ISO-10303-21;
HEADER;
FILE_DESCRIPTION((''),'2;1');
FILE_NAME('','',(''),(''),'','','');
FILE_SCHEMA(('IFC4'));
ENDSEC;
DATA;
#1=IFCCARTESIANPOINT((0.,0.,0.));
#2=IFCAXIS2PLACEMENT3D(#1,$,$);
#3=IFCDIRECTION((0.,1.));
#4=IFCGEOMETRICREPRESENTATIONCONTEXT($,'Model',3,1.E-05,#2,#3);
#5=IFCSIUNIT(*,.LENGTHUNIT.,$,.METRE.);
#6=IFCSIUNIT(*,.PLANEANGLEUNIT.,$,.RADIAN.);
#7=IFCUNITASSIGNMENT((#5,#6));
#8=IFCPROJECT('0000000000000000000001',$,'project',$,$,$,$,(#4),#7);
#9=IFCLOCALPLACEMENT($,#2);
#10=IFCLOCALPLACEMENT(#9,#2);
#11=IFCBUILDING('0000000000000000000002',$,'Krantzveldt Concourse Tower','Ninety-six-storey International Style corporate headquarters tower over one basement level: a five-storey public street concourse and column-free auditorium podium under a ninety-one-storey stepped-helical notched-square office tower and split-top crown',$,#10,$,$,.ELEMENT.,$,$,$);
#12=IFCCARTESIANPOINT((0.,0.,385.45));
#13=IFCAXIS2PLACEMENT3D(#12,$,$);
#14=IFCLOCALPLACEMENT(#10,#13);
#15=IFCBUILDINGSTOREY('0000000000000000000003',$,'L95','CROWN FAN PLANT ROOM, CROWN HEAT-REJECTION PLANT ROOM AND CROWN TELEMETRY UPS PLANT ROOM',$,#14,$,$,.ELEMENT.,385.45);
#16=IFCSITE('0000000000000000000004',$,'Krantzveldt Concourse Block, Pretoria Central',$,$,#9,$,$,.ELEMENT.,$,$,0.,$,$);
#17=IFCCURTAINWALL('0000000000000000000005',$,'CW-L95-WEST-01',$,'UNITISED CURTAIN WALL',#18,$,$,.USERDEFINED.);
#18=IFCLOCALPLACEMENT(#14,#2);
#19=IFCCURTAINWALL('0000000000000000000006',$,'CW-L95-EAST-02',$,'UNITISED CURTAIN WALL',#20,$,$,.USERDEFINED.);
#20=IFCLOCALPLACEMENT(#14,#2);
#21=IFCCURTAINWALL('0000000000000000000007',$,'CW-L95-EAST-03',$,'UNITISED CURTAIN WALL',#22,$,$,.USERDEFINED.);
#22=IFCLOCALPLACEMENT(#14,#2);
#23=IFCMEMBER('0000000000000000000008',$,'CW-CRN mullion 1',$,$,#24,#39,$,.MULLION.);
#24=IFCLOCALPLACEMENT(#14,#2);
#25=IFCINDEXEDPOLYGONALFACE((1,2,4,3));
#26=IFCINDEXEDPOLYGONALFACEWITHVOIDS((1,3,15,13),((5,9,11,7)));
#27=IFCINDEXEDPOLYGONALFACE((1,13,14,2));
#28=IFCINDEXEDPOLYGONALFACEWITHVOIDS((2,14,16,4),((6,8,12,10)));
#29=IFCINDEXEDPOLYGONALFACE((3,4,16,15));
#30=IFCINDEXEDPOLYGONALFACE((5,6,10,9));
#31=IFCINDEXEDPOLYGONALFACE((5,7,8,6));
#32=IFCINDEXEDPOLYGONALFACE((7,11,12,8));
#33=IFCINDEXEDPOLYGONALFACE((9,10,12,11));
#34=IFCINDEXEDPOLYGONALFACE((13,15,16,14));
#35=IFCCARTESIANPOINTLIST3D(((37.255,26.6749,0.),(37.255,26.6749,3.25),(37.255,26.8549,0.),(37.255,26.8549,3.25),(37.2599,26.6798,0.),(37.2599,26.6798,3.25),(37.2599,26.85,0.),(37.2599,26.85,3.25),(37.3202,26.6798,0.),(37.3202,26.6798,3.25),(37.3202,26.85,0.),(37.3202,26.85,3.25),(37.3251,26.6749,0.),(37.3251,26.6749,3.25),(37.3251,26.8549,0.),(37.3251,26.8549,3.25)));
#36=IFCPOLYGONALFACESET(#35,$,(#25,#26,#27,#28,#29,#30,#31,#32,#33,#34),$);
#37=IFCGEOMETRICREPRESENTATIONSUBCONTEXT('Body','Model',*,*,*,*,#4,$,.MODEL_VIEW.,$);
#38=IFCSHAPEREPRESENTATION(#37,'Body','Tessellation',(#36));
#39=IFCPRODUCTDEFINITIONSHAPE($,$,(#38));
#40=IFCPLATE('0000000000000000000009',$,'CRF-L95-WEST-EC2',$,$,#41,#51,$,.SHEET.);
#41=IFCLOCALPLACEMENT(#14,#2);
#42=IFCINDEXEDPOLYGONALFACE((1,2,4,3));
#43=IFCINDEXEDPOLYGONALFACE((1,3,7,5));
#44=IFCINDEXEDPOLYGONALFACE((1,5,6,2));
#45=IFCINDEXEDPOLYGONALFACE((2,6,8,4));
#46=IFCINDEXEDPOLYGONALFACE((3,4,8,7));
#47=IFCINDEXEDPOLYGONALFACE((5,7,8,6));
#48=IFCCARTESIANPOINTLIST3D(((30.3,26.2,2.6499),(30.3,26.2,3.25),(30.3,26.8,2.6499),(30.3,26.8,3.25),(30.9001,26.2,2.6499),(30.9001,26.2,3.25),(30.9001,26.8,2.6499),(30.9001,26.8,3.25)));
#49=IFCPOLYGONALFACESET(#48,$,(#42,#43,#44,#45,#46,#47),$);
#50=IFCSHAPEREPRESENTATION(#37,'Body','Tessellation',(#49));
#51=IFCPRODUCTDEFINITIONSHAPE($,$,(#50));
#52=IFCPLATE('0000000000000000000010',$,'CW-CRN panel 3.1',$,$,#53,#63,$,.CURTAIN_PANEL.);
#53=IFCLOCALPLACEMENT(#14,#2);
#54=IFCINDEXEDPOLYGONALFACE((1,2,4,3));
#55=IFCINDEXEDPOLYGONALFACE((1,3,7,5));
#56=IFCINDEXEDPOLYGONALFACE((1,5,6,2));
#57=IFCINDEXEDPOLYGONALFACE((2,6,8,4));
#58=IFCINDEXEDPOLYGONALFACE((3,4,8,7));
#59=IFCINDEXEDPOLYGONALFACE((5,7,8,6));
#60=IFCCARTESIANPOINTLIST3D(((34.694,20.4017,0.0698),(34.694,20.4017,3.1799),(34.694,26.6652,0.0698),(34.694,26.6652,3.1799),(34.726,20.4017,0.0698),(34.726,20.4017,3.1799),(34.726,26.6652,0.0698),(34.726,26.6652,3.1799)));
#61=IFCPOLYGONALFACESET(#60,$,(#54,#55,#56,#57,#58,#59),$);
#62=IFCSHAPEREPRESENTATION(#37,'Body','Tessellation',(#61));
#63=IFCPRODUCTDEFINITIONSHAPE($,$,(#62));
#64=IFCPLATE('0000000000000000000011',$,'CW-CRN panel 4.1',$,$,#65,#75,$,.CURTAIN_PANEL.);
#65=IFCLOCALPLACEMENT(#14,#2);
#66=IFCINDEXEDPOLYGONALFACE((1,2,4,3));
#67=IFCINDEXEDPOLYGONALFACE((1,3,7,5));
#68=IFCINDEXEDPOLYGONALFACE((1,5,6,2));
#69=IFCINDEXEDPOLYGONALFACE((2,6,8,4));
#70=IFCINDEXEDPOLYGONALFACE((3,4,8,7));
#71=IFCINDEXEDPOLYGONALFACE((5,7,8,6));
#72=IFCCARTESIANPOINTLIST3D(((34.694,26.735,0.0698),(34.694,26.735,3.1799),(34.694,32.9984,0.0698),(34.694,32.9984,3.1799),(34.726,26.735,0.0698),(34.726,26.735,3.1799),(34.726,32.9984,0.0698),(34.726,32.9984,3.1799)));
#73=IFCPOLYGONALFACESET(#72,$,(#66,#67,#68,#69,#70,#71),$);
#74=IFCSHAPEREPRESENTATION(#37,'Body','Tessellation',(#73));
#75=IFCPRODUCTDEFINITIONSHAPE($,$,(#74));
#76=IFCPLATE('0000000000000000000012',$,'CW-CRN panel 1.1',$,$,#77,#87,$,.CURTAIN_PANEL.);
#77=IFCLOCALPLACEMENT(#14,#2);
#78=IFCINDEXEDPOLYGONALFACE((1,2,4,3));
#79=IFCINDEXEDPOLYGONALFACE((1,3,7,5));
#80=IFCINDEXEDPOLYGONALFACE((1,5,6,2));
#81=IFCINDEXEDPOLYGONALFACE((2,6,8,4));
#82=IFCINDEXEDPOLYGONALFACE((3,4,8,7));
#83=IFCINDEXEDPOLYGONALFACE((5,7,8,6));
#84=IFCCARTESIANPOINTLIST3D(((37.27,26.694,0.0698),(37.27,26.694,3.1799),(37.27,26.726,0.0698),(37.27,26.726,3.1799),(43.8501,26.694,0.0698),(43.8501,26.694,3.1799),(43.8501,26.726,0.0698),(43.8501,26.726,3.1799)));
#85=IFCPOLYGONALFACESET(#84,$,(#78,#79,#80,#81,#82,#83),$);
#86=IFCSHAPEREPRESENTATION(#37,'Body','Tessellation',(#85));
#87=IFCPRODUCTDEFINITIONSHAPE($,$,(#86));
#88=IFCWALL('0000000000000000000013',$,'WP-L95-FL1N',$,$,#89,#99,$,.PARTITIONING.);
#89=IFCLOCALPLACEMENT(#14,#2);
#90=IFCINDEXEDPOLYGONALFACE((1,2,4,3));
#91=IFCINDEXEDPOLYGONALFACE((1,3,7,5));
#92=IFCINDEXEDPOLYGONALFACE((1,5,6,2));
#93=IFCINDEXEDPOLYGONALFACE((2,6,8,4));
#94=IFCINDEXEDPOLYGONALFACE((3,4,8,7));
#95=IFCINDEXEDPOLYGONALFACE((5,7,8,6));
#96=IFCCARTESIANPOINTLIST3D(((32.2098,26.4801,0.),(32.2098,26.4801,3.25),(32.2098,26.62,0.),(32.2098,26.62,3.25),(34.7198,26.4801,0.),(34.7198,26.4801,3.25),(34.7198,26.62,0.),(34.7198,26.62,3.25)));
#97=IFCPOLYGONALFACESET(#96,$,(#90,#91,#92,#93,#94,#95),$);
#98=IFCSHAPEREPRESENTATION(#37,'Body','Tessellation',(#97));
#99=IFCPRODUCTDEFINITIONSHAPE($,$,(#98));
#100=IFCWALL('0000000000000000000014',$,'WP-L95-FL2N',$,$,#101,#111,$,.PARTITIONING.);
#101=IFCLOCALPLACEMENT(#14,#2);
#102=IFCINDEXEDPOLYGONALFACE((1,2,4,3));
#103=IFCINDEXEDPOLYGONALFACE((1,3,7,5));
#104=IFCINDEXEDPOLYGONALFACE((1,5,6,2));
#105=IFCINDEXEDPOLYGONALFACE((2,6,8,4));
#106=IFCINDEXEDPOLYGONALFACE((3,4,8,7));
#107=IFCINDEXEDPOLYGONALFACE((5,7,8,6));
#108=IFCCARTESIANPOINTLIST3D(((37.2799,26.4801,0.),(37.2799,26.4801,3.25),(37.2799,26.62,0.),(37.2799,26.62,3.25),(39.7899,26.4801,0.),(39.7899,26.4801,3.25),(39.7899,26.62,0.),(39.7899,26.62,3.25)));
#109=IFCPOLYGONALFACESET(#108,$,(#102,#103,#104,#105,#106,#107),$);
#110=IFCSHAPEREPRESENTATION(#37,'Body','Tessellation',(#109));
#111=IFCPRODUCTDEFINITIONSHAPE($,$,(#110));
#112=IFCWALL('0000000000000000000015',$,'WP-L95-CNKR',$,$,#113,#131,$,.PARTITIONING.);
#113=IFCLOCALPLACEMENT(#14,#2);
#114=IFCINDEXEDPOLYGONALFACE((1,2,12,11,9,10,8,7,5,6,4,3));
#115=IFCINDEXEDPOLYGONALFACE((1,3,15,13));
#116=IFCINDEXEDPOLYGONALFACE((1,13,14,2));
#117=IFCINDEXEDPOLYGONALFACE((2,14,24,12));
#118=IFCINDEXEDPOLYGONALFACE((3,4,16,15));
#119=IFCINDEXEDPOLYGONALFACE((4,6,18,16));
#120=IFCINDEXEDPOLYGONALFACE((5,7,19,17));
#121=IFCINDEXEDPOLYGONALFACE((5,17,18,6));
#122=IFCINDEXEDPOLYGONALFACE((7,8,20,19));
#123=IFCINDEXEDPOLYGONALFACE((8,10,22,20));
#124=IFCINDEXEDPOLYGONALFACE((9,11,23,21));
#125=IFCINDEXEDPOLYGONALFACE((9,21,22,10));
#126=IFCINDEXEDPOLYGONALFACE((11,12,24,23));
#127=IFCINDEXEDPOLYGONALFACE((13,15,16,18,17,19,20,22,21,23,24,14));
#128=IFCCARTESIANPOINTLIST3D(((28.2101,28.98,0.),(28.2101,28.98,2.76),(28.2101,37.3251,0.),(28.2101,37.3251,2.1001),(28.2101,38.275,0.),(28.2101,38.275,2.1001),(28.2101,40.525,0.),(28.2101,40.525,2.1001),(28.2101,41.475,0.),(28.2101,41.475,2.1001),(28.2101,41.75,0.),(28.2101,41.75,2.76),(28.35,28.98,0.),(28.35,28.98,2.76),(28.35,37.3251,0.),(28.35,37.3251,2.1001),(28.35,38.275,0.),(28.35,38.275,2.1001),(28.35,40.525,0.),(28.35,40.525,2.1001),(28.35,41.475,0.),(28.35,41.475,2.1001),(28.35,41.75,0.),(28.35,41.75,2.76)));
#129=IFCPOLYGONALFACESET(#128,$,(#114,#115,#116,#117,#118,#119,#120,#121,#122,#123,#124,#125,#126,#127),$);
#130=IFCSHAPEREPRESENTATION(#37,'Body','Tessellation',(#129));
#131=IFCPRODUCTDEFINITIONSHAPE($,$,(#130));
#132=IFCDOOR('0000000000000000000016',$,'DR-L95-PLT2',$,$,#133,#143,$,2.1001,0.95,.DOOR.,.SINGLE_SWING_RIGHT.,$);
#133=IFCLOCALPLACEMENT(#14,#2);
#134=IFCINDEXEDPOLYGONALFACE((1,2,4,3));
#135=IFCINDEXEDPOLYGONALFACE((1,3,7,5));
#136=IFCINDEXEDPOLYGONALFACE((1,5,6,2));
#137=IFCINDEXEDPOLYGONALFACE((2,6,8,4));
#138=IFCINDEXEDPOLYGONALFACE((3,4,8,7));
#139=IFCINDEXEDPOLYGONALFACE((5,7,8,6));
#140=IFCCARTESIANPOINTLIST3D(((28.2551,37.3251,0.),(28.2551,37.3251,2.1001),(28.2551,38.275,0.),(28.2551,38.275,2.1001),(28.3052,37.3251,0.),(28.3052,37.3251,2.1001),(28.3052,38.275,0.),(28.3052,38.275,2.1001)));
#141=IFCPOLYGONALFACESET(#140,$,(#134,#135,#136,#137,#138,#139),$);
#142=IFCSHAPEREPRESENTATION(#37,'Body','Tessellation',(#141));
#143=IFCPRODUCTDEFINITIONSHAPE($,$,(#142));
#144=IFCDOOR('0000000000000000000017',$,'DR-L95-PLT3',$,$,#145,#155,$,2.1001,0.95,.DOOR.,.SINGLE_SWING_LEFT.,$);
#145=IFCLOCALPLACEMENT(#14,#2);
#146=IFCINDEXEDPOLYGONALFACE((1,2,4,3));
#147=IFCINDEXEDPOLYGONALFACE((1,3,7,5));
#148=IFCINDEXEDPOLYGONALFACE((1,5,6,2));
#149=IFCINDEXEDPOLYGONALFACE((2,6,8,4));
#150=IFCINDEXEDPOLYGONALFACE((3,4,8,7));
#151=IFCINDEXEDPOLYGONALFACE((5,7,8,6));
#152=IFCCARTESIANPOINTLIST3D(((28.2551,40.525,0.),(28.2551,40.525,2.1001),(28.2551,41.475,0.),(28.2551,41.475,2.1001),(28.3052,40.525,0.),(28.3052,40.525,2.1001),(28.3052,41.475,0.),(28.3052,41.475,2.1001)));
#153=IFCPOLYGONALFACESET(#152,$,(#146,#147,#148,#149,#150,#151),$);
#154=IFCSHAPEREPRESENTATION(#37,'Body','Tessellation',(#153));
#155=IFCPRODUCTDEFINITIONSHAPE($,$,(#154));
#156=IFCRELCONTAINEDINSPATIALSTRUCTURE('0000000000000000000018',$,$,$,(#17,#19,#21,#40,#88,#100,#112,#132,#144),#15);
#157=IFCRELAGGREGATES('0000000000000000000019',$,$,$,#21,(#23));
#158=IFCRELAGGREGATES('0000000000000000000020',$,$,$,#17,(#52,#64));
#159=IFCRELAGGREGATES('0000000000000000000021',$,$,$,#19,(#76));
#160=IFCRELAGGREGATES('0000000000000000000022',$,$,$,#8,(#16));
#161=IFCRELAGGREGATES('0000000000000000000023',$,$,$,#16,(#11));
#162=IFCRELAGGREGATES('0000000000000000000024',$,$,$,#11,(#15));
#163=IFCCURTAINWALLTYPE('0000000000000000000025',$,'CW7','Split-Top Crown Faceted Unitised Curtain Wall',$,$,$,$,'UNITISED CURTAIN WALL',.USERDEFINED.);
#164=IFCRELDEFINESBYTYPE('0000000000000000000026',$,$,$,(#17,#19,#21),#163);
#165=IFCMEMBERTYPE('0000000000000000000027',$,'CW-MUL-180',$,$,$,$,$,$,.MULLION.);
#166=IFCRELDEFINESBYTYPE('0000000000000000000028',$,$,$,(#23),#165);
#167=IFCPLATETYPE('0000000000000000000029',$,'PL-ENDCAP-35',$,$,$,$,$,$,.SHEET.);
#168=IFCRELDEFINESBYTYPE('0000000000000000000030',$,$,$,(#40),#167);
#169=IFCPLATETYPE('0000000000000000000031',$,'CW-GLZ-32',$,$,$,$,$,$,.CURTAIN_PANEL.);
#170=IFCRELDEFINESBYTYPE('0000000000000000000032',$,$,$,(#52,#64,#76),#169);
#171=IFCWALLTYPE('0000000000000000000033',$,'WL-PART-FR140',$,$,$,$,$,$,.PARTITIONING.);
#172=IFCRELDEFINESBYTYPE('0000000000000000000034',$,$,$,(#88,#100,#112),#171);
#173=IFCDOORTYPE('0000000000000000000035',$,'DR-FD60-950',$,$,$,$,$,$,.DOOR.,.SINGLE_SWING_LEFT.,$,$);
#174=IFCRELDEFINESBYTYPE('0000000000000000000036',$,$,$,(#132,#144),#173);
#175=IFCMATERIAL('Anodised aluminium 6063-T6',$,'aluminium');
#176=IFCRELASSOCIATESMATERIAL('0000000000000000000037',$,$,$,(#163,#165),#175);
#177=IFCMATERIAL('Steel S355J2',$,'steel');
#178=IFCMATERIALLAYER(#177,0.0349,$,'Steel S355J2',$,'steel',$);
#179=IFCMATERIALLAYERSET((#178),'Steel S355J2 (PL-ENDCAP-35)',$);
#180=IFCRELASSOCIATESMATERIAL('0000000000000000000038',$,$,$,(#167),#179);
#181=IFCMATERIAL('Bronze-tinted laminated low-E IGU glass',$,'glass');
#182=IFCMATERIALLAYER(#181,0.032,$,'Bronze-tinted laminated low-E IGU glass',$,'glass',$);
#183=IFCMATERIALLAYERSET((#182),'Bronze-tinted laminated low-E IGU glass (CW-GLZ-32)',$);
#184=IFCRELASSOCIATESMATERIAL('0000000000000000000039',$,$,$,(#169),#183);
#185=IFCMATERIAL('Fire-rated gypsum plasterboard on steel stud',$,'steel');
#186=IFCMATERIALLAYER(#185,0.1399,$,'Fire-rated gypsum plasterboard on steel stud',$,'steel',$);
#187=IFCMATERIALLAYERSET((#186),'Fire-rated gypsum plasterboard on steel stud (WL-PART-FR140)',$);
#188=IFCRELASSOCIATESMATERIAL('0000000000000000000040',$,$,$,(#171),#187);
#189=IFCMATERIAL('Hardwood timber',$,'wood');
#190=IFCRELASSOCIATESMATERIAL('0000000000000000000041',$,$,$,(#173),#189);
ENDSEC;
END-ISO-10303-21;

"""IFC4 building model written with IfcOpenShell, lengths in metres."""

from ifc_helpers import new_model, si_unit, direction, frame, frame_2d, origin, origin_2d, place, context, subcontext, project, spatial, rectangle, hollow_rectangle, extrude, source, transform, mapped, material, layer, layer_set, material_profile, profile_set, type_object, type_shapes, element, fill, aggregate, save


model = new_model("IFC4")

# Units and contexts
model_context = context("Model", 3, precision=1e-05, world=origin(), true_north=direction((0.0, 1.0)))
body_context = subcontext(model_context, "Body", "Model", "MODEL_VIEW")
ifc_project = project(units=[si_unit("LENGTHUNIT", "METRE"), si_unit("PLANEANGLEUNIT", "RADIAN")], contexts=[model_context])

# Site, building, storey
site_placement = place(None, origin())
site = spatial("IfcSite", under=ifc_project, at=site_placement, Name="Krantzveldt Concourse Block, Pretoria Central", CompositionType="ELEMENT", RefElevation=0.0)
building_placement = place(site_placement, origin())
building = spatial("IfcBuilding", under=site, at=building_placement, Name="Krantzveldt Concourse Tower", Description="Ninety-six-storey International Style corporate headquarters tower over one basement level: a five-storey public street concourse and column-free auditorium podium under a ninety-one-storey stepped-helical notched-square office tower and split-top crown", CompositionType="ELEMENT")
storey_placement = place(building_placement, frame((0.0, 0.0, 385.45)))
storey = spatial("IfcBuildingStorey", under=building, at=storey_placement, Name="L95", Description="CROWN FAN PLANT ROOM, CROWN HEAT-REJECTION PLANT ROOM AND CROWN TELEMETRY UPS PLANT ROOM", CompositionType="ELEMENT", Elevation=385.45)

# Curtain walls
ifc_material_1 = material(Name="Anodised aluminium 6063-T6", Category="aluminium")
curtain_wall_type = type_object("IfcCurtainWallType", Name="CW7", Description="Split-Top Crown Faceted Unitised Curtain Wall", ElementType="UNITISED CURTAIN WALL", PredefinedType="USERDEFINED", material=ifc_material_1)
curtain_wall_1_placement = place(storey_placement, origin())
curtain_wall_1 = element("IfcCurtainWall", 1, at=curtain_wall_1_placement, inside=storey, type_object=curtain_wall_type, Name="CW-L95-WEST-01", ObjectType="UNITISED CURTAIN WALL", PredefinedType="USERDEFINED")
curtain_wall_2_placement = place(storey_placement, origin())
curtain_wall_2 = element("IfcCurtainWall", 2, at=curtain_wall_2_placement, inside=storey, type_object=curtain_wall_type, Name="CW-L95-EAST-02", ObjectType="UNITISED CURTAIN WALL", PredefinedType="USERDEFINED")
curtain_wall_3_placement = place(storey_placement, origin())
curtain_wall_3 = element("IfcCurtainWall", 3, at=curtain_wall_3_placement, inside=storey, type_object=curtain_wall_type, Name="CW-L95-EAST-03", ObjectType="UNITISED CURTAIN WALL", PredefinedType="USERDEFINED")

# Shared definitions
ifc_material_profile_1 = material_profile(ifc_material_1, hollow_rectangle(XDim=0.0701, YDim=0.1799, WallThickness=0.0049, at=origin_2d()), Name="Anodised aluminium 6063-T6", Category="aluminium")
ifc_profile_set_1 = profile_set([ifc_material_profile_1], Name="Anodised aluminium 6063-T6 - ALU-MULL 180x70x5")
member_type_1 = type_object("IfcMemberType", Name="CW-MUL-180", PredefinedType="MULLION", material=ifc_profile_set_1)
shared_shape_1 = source(origin(), body_context, "Body", "SweptSolid", [
    extrude(hollow_rectangle(XDim=0.0701, YDim=0.1799, WallThickness=0.0049, at=origin_2d()), origin(), (0.0, 0.0, 1.0), 3.25),
])
type_shapes(member_type_1, [shared_shape_1])

# Member
member_1_placement = place(storey_placement, frame((37.29, 26.7649, 0.0), z_axis=(0.0, 0.0, 1.0), x_axis=(1.0, 0.0, 0.0)))
member_1 = element("IfcMember", 4, at=member_1_placement, type_object=member_type_1, Name="CW-CRN mullion 1", PredefinedType="MULLION", context=body_context, shape_type="MappedRepresentation", body=[
    mapped(shared_shape_1, transform((0.0, 0.0, 0.0), x_axis=(1.0, 0.0, 0.0), y_axis=(0.0, 1.0, 0.0), z_axis=(0.0, 0.0, 1.0), scale=1.0)),
])
aggregate(curtain_wall_3, [member_1])

# Plates
ifc_material_2 = material(Name="Steel S355J2", Category="steel")
ifc_layer_1 = layer(ifc_material_2, 0.0349, Name="Steel S355J2", Category="steel")
ifc_layer_set_1 = layer_set([ifc_layer_1], Name="Steel S355J2 (PL-ENDCAP-35)")
plate_type_1 = type_object("IfcPlateType", Name="PL-ENDCAP-35", PredefinedType="SHEET", material=ifc_layer_set_1)
shared_shape_2 = source(origin(), body_context, "Body", "SweptSolid", [
    extrude(rectangle(XDim=0.6001, YDim=0.6001, at=origin_2d()), origin(), (0.0, 0.0, 1.0), 0.6001),
])
type_shapes(plate_type_1, [shared_shape_2])
plate_1_placement = place(storey_placement, frame((30.6001, 26.5, 2.6499), z_axis=(0.0, 0.0, 1.0), x_axis=(1.0, 0.0, 0.0)))
element("IfcPlate", 5, at=plate_1_placement, inside=storey, type_object=plate_type_1, Name="CRF-L95-WEST-EC2", PredefinedType="SHEET", context=body_context, shape_type="MappedRepresentation", body=[
    mapped(shared_shape_2, transform((0.0, 0.0, 0.0), x_axis=(1.0, 0.0, 0.0), y_axis=(0.0, 1.0, 0.0), z_axis=(0.0, 0.0, 1.0), scale=1.0)),
])
ifc_material_3 = material(Name="Bronze-tinted laminated low-E IGU glass", Category="glass")
ifc_layer_2 = layer(ifc_material_3, 0.032, Name="Bronze-tinted laminated low-E IGU glass", Category="glass")
ifc_layer_set_2 = layer_set([ifc_layer_2], Name="Bronze-tinted laminated low-E IGU glass (CW-GLZ-32)")
plate_type_2 = type_object("IfcPlateType", Name="CW-GLZ-32", PredefinedType="CURTAIN_PANEL", material=ifc_layer_set_2)
shared_shape_3 = source(origin(), body_context, "Body", "SweptSolid", [
    extrude(rectangle(XDim=6.2634, YDim=0.032, at=origin_2d()), origin(), (0.0, 0.0, 1.0), 3.1101),
])
plate_2_placement = place(storey_placement, frame((34.71, 23.5334, 0.0698), z_axis=(0.0, 0.0, 1.0), x_axis=(0.0, 1.0, 0.0)))
plate_2 = element("IfcPlate", 6, at=plate_2_placement, type_object=plate_type_2, Name="CW-CRN panel 3.1", PredefinedType="CURTAIN_PANEL", context=body_context, shape_type="MappedRepresentation", body=[
    mapped(shared_shape_3, transform((0.0, 0.0, 0.0), x_axis=(1.0, 0.0, 0.0), y_axis=(0.0, 1.0, 0.0), z_axis=(0.0, 0.0, 1.0), scale=1.0)),
])
plate_3_placement = place(storey_placement, frame((34.71, 29.8667, 0.0698), z_axis=(0.0, 0.0, 1.0), x_axis=(0.0, 1.0, 0.0)))
plate_3 = element("IfcPlate", 7, at=plate_3_placement, type_object=plate_type_2, Name="CW-CRN panel 4.1", PredefinedType="CURTAIN_PANEL", context=body_context, shape_type="MappedRepresentation", body=[
    mapped(shared_shape_3, transform((0.0, 0.0, 0.0), x_axis=(1.0, 0.0, 0.0), y_axis=(0.0, 1.0, 0.0), z_axis=(0.0, 0.0, 1.0), scale=1.0)),
])
aggregate(curtain_wall_1, [plate_2, plate_3])
shared_shape_4 = source(origin(), body_context, "Body", "SweptSolid", [
    extrude(rectangle(XDim=6.5801, YDim=0.032, at=origin_2d()), origin(), (0.0, 0.0, 1.0), 3.1101),
])
type_shapes(plate_type_2, [shared_shape_3, shared_shape_4])
plate_4_placement = place(storey_placement, frame((40.5601, 26.71, 0.0698), z_axis=(0.0, 0.0, 1.0), x_axis=(-1.0, 0.0, 0.0)))
plate_4 = element("IfcPlate", 8, at=plate_4_placement, type_object=plate_type_2, Name="CW-CRN panel 1.1", PredefinedType="CURTAIN_PANEL", context=body_context, shape_type="MappedRepresentation", body=[
    mapped(shared_shape_4, transform((0.0, 0.0, 0.0), x_axis=(1.0, 0.0, 0.0), y_axis=(0.0, 1.0, 0.0), z_axis=(0.0, 0.0, 1.0), scale=1.0)),
])
aggregate(curtain_wall_2, [plate_4])

# Walls
ifc_material_4 = material(Name="Fire-rated gypsum plasterboard on steel stud", Category="steel")
ifc_layer_3 = layer(ifc_material_4, 0.1399, Name="Fire-rated gypsum plasterboard on steel stud", Category="steel")
ifc_layer_set_3 = layer_set([ifc_layer_3], Name="Fire-rated gypsum plasterboard on steel stud (WL-PART-FR140)")
wall_type_1 = type_object("IfcWallType", Name="WL-PART-FR140", PredefinedType="PARTITIONING", material=ifc_layer_set_3)
for number, where, z_axis, x_axis, name in (
    (9, (32.21, 26.55, 0.0), (0.0, 0.0, 1.0), (1.0, 0.0, 0.0), "WP-L95-FL1N"),
    (10, (37.28, 26.55, 0.0), (0.0, 0.0, 1.0), (1.0, 0.0, 0.0), "WP-L95-FL2N"),
):
    element("IfcWall", number, at=place(storey_placement, frame(where, z_axis=z_axis, x_axis=x_axis)), inside=storey, type_object=wall_type_1, Name=name, PredefinedType="PARTITIONING", context=body_context, shape_type="SweptSolid", body=[
        extrude(rectangle(XDim=2.51, YDim=0.1399, at=frame_2d((1.2549, 0.0))), origin(), (0.0, 0.0, 1.0), 3.25),
    ])

# Wall, openings, doors
wall_1_placement = place(storey_placement, frame((28.28, 28.98, 0.0), z_axis=(0.0, 0.0, 1.0), x_axis=(0.0, 1.0, 0.0)))
wall_1 = element("IfcWall", 11, at=wall_1_placement, inside=storey, type_object=wall_type_1, Name="WP-L95-CNKR", PredefinedType="PARTITIONING", context=body_context, shape_type="SweptSolid", body=[
    extrude(rectangle(XDim=12.77, YDim=0.1399, at=frame_2d((6.385, 0.0))), origin(), (0.0, 0.0, 1.0), 2.76),
])
opening_1_placement = place(wall_1_placement, frame((8.345, 0.0, 0.0)))
opening_1 = element("IfcOpeningElement", 12, at=opening_1_placement, cuts=wall_1, PredefinedType="OPENING", context=body_context, shape_type="SweptSolid", body=[
    extrude(rectangle(XDim=0.95, YDim=2.1001, at=frame_2d((0.4751, 1.05))), frame((0.0, 0.0801, 0.0), z_axis=(0.0, -1.0, 0.0), x_axis=(1.0, 0.0, 0.0)), (0.0, 0.0, 1.0), 0.1599),
])
opening_2_placement = place(wall_1_placement, frame((11.5449, 0.0, 0.0)))
opening_2 = element("IfcOpeningElement", 13, at=opening_2_placement, cuts=wall_1, PredefinedType="OPENING", context=body_context, shape_type="SweptSolid", body=[
    extrude(rectangle(XDim=0.95, YDim=2.1001, at=frame_2d((0.4751, 1.05))), frame((0.0, 0.0801, 0.0), z_axis=(0.0, -1.0, 0.0), x_axis=(1.0, 0.0, 0.0)), (0.0, 0.0, 1.0), 0.1599),
])
ifc_material_5 = material(Name="Hardwood timber", Category="wood")
door_type_1 = type_object("IfcDoorType", Name="DR-FD60-950", OperationType="SINGLE_SWING_LEFT", PredefinedType="DOOR", material=ifc_material_5)
door_1_placement = place(opening_1_placement, origin())
door_1 = element("IfcDoor", 14, at=door_1_placement, inside=storey, type_object=door_type_1, Name="DR-L95-PLT2", OperationType="SINGLE_SWING_RIGHT", OverallHeight=2.1001, OverallWidth=0.95, PredefinedType="DOOR", context=body_context, shape_type="SweptSolid", body=[
    extrude(rectangle(XDim=0.95, YDim=2.1001, at=frame_2d((0.4751, 1.05))), frame((0.0, 0.0249, 0.0), z_axis=(0.0, -1.0, 0.0), x_axis=(1.0, 0.0, 0.0)), (0.0, 0.0, 1.0), 0.05),
])
fill(opening_1, door_1)
door_2_placement = place(opening_2_placement, origin())
door_2 = element("IfcDoor", 15, at=door_2_placement, inside=storey, type_object=door_type_1, Name="DR-L95-PLT3", OperationType="SINGLE_SWING_LEFT", OverallHeight=2.1001, OverallWidth=0.95, PredefinedType="DOOR", context=body_context, shape_type="SweptSolid", body=[
    extrude(rectangle(XDim=0.95, YDim=2.1001, at=frame_2d((0.4751, 1.05))), frame((0.0, 0.0249, 0.0), z_axis=(0.0, -1.0, 0.0), x_axis=(1.0, 0.0, 0.0)), (0.0, 0.0, 1.0), 0.05),
])
fill(opening_2, door_2)

save(model, "model.ifc")
